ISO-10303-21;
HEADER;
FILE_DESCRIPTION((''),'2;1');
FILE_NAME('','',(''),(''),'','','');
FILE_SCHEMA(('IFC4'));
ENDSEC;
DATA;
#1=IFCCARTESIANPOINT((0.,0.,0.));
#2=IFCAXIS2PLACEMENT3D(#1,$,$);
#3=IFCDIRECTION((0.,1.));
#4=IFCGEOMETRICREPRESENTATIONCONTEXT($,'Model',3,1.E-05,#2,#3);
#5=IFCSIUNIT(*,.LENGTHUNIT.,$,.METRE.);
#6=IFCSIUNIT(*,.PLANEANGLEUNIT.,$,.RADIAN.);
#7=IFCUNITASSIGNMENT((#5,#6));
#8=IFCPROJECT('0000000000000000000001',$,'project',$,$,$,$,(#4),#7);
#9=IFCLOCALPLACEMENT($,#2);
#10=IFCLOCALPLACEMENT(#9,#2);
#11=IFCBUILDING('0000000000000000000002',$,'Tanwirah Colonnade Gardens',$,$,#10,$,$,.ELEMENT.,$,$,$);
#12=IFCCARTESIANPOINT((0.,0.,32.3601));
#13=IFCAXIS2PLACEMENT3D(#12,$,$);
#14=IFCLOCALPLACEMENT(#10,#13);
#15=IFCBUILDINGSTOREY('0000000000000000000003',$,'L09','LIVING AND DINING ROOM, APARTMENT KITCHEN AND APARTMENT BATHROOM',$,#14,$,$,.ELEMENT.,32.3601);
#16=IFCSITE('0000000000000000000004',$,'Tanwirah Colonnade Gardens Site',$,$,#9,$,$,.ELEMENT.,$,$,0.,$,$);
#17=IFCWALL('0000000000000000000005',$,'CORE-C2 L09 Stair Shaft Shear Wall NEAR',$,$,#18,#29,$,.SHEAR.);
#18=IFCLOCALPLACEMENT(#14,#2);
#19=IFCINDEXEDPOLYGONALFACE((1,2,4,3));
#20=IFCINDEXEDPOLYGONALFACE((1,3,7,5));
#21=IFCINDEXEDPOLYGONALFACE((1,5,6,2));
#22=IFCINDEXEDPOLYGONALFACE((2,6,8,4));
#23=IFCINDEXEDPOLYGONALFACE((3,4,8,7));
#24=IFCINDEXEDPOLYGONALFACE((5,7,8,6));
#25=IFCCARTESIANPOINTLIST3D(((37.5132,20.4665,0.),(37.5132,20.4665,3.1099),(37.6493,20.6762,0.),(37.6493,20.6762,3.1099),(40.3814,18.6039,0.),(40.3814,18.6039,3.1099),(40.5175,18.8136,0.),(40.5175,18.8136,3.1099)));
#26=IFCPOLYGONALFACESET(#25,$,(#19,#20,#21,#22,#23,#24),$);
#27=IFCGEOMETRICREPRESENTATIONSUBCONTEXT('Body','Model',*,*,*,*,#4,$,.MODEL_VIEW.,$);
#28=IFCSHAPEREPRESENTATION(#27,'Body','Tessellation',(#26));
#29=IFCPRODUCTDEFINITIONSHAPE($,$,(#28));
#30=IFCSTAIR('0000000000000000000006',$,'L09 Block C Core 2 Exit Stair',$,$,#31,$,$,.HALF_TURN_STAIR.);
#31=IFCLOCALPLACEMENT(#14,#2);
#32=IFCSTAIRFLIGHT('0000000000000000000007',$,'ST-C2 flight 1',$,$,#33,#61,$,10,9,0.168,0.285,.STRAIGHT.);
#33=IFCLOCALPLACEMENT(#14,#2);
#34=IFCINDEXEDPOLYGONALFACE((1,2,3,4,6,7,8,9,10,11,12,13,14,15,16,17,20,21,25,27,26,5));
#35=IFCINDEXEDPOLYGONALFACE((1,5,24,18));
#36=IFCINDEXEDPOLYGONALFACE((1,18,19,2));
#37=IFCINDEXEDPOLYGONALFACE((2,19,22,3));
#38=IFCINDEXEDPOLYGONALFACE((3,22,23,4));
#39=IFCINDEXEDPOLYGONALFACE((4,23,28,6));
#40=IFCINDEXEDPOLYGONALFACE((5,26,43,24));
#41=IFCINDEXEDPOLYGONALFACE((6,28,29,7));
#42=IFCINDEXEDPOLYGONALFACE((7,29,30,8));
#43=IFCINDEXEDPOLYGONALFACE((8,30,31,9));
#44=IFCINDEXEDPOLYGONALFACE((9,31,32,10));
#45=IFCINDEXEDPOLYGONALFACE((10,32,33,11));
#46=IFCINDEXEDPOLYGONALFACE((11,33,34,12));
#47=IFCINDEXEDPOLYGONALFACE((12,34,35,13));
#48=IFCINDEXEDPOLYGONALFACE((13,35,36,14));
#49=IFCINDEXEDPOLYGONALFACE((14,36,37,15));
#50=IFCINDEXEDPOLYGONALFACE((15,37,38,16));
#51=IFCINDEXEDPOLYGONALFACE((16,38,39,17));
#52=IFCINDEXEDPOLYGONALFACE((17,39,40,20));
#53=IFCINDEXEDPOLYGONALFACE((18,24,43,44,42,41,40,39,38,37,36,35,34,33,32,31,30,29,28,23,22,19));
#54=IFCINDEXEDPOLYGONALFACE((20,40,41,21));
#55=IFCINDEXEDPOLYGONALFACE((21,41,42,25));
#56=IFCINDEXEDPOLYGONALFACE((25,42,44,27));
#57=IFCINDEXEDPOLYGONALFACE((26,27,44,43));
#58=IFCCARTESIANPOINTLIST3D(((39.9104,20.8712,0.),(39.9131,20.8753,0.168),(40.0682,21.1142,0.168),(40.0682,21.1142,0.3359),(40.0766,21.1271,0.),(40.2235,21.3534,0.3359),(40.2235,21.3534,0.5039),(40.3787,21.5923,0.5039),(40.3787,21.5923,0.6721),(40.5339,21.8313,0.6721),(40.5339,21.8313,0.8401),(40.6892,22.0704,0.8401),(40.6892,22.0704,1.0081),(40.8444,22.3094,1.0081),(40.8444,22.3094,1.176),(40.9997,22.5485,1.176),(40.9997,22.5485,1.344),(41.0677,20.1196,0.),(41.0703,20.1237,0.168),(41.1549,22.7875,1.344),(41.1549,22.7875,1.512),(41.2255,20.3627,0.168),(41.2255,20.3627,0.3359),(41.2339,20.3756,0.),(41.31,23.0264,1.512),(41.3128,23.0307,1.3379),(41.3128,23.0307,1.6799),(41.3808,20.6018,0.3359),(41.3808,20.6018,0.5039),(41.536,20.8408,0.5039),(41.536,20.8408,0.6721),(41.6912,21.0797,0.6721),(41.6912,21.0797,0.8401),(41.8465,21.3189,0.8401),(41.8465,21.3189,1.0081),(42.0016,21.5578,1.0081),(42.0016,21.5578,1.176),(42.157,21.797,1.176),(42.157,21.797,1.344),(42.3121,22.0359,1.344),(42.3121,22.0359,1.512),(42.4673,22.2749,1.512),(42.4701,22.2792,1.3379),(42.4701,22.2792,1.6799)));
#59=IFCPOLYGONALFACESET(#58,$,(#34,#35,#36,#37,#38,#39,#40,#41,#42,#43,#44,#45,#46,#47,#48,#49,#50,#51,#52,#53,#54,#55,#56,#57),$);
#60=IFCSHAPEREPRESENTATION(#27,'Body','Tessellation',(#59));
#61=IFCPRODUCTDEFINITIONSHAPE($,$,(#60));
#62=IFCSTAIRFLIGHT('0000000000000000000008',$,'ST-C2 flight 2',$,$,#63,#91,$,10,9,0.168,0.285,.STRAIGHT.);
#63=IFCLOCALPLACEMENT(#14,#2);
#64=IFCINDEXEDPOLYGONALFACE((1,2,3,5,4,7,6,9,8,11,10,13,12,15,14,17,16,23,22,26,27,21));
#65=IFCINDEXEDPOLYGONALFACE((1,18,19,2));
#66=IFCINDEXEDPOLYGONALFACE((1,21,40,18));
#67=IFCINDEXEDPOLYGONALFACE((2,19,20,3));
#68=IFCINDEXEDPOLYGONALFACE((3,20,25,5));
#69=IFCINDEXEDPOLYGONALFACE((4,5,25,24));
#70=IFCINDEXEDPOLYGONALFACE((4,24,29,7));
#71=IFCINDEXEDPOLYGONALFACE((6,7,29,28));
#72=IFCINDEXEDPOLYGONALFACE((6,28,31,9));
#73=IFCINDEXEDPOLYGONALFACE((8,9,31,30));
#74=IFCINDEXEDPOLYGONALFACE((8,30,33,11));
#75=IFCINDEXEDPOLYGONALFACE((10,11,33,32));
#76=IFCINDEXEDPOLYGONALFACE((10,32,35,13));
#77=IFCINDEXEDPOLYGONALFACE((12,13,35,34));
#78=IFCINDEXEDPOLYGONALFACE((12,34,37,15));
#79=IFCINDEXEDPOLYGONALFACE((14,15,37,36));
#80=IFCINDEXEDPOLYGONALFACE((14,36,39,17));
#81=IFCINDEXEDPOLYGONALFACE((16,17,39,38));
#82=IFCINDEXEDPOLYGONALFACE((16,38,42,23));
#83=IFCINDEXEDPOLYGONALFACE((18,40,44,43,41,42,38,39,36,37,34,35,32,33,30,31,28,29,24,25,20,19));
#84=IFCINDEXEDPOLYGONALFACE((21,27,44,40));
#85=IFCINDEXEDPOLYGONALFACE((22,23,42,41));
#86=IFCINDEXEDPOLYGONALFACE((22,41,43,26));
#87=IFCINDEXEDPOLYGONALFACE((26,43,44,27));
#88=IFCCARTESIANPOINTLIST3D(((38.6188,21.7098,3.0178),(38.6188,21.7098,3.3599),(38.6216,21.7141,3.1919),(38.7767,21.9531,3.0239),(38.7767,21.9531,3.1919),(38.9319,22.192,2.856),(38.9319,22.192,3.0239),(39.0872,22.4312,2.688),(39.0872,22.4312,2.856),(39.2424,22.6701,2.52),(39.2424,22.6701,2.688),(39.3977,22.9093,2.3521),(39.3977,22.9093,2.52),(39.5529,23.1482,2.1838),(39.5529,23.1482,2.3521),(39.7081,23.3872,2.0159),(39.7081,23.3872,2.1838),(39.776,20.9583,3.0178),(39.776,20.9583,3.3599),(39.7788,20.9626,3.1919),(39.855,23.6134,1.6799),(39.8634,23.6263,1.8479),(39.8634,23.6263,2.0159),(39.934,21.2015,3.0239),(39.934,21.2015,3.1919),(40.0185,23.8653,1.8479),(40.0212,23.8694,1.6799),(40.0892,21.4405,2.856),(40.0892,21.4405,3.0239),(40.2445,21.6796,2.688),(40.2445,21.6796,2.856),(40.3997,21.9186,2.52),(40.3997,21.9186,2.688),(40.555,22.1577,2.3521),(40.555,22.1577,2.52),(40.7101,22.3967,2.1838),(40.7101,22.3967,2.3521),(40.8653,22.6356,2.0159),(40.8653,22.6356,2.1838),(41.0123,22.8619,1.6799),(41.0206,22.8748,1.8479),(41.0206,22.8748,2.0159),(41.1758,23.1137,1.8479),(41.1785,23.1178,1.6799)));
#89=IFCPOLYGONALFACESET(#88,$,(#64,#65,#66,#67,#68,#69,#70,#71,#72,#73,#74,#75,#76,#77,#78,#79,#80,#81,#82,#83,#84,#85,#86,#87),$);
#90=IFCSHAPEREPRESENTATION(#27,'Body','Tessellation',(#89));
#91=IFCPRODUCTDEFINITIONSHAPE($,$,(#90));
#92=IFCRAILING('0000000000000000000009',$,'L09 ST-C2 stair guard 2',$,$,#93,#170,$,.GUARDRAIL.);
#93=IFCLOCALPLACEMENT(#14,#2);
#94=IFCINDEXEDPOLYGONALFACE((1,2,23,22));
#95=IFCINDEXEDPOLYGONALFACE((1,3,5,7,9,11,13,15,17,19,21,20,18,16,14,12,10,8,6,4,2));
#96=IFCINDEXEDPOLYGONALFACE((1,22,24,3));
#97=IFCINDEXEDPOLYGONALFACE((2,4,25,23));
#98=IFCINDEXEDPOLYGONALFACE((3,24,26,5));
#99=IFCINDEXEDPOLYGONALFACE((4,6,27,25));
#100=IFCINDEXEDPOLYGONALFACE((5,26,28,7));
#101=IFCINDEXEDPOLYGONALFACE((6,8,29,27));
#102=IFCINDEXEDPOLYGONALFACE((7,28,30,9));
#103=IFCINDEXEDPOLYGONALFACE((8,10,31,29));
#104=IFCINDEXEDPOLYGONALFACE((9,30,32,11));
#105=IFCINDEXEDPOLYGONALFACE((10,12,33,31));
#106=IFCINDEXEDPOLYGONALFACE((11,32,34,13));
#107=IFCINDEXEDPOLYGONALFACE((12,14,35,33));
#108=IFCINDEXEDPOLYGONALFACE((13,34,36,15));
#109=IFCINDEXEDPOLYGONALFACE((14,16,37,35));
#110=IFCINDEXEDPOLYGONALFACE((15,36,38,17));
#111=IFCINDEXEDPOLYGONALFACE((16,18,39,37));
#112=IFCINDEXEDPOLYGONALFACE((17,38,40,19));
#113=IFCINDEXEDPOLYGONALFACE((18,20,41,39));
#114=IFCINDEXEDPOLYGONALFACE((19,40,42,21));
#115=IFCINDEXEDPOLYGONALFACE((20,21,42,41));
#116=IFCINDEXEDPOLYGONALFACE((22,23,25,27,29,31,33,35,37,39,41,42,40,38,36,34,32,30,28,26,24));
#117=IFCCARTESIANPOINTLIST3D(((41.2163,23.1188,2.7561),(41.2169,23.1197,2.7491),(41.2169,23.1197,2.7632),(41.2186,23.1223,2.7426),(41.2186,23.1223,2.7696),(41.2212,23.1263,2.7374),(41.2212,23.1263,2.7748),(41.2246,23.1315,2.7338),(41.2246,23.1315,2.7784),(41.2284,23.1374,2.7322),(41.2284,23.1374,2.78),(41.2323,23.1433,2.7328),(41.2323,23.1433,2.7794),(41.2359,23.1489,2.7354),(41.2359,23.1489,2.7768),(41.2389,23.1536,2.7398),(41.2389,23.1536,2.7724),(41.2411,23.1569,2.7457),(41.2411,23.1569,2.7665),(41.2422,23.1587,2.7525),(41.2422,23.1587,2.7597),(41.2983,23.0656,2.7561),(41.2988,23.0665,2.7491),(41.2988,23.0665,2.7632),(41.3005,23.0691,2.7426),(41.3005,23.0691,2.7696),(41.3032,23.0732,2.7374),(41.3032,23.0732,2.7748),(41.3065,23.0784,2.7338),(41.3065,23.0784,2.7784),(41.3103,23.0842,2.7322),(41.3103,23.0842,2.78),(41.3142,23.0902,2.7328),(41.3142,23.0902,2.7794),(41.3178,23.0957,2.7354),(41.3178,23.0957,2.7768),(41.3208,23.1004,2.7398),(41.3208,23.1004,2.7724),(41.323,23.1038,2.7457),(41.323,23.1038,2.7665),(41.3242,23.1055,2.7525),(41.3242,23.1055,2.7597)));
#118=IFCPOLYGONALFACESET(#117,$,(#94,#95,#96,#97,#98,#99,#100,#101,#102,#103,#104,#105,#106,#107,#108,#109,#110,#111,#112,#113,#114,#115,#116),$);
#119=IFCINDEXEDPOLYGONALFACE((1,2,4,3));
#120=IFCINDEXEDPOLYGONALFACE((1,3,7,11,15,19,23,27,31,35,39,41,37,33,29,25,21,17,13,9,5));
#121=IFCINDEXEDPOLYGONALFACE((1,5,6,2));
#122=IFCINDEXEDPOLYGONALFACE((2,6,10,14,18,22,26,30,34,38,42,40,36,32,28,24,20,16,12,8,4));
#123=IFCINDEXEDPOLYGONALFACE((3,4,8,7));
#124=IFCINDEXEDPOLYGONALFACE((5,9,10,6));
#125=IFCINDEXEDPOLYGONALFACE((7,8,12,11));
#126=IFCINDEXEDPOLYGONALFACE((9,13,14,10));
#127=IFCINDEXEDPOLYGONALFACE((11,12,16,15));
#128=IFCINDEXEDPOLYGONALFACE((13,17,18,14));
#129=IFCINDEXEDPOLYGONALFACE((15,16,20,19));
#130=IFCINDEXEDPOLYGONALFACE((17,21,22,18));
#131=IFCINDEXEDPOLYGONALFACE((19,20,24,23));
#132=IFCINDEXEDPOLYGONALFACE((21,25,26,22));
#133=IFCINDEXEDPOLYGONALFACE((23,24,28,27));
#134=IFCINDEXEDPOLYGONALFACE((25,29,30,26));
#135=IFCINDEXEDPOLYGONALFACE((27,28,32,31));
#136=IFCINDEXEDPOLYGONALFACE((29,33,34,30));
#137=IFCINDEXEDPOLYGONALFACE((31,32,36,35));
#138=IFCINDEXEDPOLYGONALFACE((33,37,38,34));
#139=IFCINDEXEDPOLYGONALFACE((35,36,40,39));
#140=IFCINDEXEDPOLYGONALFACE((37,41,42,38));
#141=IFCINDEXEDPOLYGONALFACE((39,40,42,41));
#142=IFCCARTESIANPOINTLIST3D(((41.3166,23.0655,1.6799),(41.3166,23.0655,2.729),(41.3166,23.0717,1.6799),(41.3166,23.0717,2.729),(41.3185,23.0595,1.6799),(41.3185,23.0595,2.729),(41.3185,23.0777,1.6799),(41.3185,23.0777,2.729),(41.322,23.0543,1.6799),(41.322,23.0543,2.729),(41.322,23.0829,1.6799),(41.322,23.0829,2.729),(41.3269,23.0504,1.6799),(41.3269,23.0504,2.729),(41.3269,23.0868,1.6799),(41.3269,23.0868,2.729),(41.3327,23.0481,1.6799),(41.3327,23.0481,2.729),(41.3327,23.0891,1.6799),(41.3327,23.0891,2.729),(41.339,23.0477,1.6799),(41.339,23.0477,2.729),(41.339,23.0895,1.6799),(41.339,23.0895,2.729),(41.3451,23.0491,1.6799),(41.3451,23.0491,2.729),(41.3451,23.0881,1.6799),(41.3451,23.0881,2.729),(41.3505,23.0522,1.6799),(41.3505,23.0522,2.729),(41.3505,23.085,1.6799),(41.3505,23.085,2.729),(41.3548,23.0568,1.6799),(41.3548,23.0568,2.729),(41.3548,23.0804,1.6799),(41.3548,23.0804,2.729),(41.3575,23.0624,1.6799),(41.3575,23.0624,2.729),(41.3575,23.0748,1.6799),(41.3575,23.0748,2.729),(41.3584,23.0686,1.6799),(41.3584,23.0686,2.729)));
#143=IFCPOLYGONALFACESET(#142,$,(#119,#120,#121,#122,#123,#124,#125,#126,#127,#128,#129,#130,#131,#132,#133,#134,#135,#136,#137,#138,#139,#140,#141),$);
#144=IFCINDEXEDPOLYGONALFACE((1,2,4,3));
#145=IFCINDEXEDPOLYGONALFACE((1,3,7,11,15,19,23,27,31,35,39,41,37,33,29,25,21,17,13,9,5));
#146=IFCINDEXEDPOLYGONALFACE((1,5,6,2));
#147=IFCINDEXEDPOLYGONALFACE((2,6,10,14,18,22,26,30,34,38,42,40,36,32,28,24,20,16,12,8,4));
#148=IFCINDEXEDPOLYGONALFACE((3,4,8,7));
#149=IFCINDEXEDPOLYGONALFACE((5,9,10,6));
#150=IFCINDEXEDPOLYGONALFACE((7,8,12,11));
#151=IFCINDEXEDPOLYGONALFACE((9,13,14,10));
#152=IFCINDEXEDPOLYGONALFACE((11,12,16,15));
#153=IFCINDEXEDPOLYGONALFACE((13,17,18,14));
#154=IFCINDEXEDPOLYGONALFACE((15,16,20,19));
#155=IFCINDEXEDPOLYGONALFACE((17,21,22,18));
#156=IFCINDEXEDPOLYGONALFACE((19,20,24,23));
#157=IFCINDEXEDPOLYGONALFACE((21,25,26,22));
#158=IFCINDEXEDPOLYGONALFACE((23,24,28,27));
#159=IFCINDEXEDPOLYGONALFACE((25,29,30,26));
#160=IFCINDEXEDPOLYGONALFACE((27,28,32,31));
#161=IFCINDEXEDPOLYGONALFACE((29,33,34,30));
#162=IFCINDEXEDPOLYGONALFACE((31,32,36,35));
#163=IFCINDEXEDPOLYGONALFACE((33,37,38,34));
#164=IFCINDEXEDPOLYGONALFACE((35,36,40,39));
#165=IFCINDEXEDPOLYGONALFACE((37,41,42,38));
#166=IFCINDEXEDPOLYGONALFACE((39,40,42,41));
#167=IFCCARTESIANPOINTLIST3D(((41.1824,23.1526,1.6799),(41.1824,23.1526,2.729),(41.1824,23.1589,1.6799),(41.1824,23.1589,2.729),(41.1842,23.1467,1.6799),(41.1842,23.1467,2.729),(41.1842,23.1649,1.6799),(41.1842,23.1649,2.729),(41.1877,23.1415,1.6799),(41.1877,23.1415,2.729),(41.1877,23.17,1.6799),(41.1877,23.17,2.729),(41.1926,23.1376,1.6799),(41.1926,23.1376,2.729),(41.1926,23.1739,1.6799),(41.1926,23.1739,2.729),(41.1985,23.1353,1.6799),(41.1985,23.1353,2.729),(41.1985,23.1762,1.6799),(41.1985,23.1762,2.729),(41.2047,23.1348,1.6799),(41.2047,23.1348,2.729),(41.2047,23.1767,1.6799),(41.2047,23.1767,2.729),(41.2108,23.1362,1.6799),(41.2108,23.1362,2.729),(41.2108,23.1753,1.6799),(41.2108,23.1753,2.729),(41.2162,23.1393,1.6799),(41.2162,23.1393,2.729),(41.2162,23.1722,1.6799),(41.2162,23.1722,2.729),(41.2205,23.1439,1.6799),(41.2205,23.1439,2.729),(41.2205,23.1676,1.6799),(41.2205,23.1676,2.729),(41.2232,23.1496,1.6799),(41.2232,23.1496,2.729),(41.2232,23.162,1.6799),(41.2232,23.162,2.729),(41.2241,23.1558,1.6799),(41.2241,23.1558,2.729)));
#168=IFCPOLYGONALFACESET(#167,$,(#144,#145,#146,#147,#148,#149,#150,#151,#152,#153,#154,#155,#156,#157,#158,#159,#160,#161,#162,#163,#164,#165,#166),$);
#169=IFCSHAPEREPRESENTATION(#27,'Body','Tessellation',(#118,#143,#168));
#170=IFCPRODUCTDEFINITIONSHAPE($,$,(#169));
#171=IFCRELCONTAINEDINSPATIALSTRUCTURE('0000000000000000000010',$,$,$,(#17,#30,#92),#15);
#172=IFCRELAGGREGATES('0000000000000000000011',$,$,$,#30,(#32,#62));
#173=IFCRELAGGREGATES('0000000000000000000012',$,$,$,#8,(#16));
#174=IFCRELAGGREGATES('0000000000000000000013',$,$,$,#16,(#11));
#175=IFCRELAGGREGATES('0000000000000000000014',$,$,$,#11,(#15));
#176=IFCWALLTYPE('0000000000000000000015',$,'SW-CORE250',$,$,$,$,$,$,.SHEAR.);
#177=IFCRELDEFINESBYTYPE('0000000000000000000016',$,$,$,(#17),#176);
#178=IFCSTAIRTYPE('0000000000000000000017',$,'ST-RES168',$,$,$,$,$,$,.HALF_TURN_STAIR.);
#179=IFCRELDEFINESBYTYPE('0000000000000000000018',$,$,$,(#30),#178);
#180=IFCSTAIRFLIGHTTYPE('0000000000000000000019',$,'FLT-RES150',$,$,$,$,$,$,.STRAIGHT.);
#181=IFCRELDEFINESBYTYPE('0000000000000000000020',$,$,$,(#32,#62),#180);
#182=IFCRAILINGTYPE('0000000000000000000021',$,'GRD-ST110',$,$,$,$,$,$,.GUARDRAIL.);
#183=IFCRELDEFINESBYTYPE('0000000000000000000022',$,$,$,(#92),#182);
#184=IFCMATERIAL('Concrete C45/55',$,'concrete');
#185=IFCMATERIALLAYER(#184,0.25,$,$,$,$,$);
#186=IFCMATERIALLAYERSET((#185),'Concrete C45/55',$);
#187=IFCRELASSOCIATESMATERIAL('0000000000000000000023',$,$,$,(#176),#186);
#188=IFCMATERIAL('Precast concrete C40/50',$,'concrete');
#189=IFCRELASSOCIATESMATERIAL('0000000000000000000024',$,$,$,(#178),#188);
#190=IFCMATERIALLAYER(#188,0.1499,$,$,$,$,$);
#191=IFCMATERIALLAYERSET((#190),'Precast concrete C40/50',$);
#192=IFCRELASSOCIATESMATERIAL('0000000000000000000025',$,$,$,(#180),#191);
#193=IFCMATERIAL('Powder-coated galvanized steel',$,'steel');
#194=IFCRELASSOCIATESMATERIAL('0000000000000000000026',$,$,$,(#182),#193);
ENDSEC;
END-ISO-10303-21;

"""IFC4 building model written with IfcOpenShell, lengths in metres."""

from ifc_helpers import new_model, si_unit, direction, frame, frame_2d, origin, origin_2d, place, context, subcontext, project, spatial, polyline, rectangle, circle, outline, extrude, material, layer, layer_set, type_object, element, aggregate, save


model = new_model("IFC4")

# Units and contexts
model_context = context("Model", 3, precision=1e-05, world=origin(), true_north=direction((0.0, 1.0)))
body_context = subcontext(model_context, "Body", "Model", "MODEL_VIEW")
ifc_project = project(units=[si_unit("LENGTHUNIT", "METRE"), si_unit("PLANEANGLEUNIT", "RADIAN")], contexts=[model_context])

# Site, building, storey
site_placement = place(None, origin())
site = spatial("IfcSite", under=ifc_project, at=site_placement, Name="Tanwirah Colonnade Gardens Site", CompositionType="ELEMENT", RefElevation=0.0)
building_placement = place(site_placement, origin())
building = spatial("IfcBuilding", under=site, at=building_placement, Name="Tanwirah Colonnade Gardens", CompositionType="ELEMENT")
storey_placement = place(building_placement, frame((0.0, 0.0, 32.3601)))
storey = spatial("IfcBuildingStorey", under=building, at=storey_placement, Name="L09", Description="LIVING AND DINING ROOM, APARTMENT KITCHEN AND APARTMENT BATHROOM", CompositionType="ELEMENT", Elevation=32.3601)

# Shared definitions
ifc_material_1 = material(Name="Precast concrete C40/50", Category="concrete")

# Wall
ifc_material_2 = material(Name="Concrete C45/55", Category="concrete")
ifc_layer_1 = layer(ifc_material_2, 0.25)
ifc_layer_set_1 = layer_set([ifc_layer_1], Name="Concrete C45/55")
wall_type_1 = type_object("IfcWallType", Name="SW-CORE250", PredefinedType="SHEAR", material=ifc_layer_set_1)
wall_1_placement = place(storey_placement, frame((40.4495, 18.7087, 0.0), z_axis=(0.0, 0.0, 1.0), x_axis=(-0.838678, 0.544627, 0.0)))
element("IfcWall", 1, at=wall_1_placement, inside=storey, type_object=wall_type_1, Name="CORE-C2 L09 Stair Shaft Shear Wall NEAR", PredefinedType="SHEAR", context=body_context, shape_type="SweptSolid", body=[
    extrude(rectangle(XDim=3.4199, YDim=0.25, at=frame_2d((1.71, 0.0))), origin(), (0.0, 0.0, 1.0), 3.1099),
])

# Stair, stair flights
stair_type = type_object("IfcStairType", Name="ST-RES168", PredefinedType="HALF_TURN_STAIR", material=ifc_material_1)
stair_placement = place(storey_placement, origin())
stair = element("IfcStair", 2, at=stair_placement, inside=storey, type_object=stair_type, Name="L09 Block C Core 2 Exit Stair", PredefinedType="HALF_TURN_STAIR")
ifc_layer_2 = layer(ifc_material_1, 0.1499)
ifc_layer_set_2 = layer_set([ifc_layer_2], Name="Precast concrete C40/50")
stair_flight_type = type_object("IfcStairFlightType", Name="FLT-RES150", PredefinedType="STRAIGHT", material=ifc_layer_set_2)
stair_flight_1_placement = place(storey_placement, frame((40.4917, 20.4995, 0.0), z_axis=(0.0, 0.0, 1.0), x_axis=(0.544639, 0.838671, 0.0)))
stair_flight_1 = element("IfcStairFlight", 3, at=stair_flight_1_placement, type_object=stair_flight_type, Name="ST-C2 flight 1", NumberOfRisers=10, NumberOfTreads=9, PredefinedType="STRAIGHT", RiserHeight=0.168, TreadLength=0.285, context=body_context, shape_type="SweptSolid", body=[
    extrude(outline(polyline([(-0.0049, 0.0), (0.0, 0.168), (0.2849, 0.168), (0.2849, 0.3359), (0.5701, 0.3359), (0.5701, 0.5039), (0.855, 0.5039), (0.855, 0.6721), (1.1399, 0.6721), (1.1399, 0.8401), (1.425, 0.8401), (1.425, 1.0081), (1.71, 1.0081), (1.71, 1.176), (1.9951, 1.176), (1.9951, 1.344), (2.28, 1.344), (2.28, 1.512), (2.5649, 1.512), (2.5701, 1.6799), (2.5701, 1.3379), (0.3003, 0.0), (-0.0049, 0.0)])), frame((0.0, 0.6899, 0.0), z_axis=(0.0, -1.0, 0.0), x_axis=(1.0, 0.0, 0.0)), (0.0, 0.0, 1.0), 1.3799),
])
stair_flight_2_placement = place(storey_placement, frame((40.5972, 23.4895, 1.6799), z_axis=(0.0, 0.0, 1.0), x_axis=(-0.544639, -0.838671, 0.0)))
stair_flight_2 = element("IfcStairFlight", 4, at=stair_flight_2_placement, type_object=stair_flight_type, Name="ST-C2 flight 2", NumberOfRisers=10, NumberOfTreads=9, PredefinedType="STRAIGHT", RiserHeight=0.168, TreadLength=0.285, context=body_context, shape_type="SweptSolid", body=[
    extrude(outline(polyline([(-0.0049, 0.0), (0.0, 0.168), (0.2849, 0.168), (0.2849, 0.3359), (0.5701, 0.3359), (0.5701, 0.5039), (0.855, 0.5039), (0.855, 0.6721), (1.1399, 0.6721), (1.1399, 0.8401), (1.425, 0.8401), (1.425, 1.0081), (1.71, 1.0081), (1.71, 1.176), (1.9951, 1.176), (1.9951, 1.344), (2.28, 1.344), (2.28, 1.512), (2.5649, 1.512), (2.5701, 1.6799), (2.5701, 1.3379), (0.3003, 0.0), (-0.0049, 0.0)])), frame((0.0, 0.6899, 0.0), z_axis=(0.0, -1.0, 0.0), x_axis=(1.0, 0.0, 0.0)), (0.0, 0.0, 1.0), 1.3799),
])
aggregate(stair, [stair_flight_1, stair_flight_2])

# Railing
ifc_material_3 = material(Name="Powder-coated galvanized steel", Category="steel")
railing_type_1 = type_object("IfcRailingType", Name="GRD-ST110", PredefinedType="GUARDRAIL", material=ifc_material_3)
railing_1_placement = place(storey_placement, frame((41.3374, 23.0686, 1.6799)))
element("IfcRailing", 5, at=railing_1_placement, inside=storey, type_object=railing_type_1, Name="L09 ST-C2 stair guard 2", PredefinedType="GUARDRAIL", context=body_context, shape_type="SweptSolid", body=[
    extrude(circle(Radius=0.0239, at=origin_2d()), frame((-0.0261, 0.0171, 1.0762), z_axis=(-0.838792, 0.544452, 0.0), x_axis=(-0.544452, -0.838792, 0.0)), (0.0, 0.0, 1.0), 0.0977),
    extrude(circle(Radius=0.021, at=origin_2d()), origin(), (0.0, 0.0, 1.0), 1.0491),
    extrude(circle(Radius=0.021, at=origin_2d()), frame((-0.1343, 0.0872, 0.0)), (0.0, 0.0, 1.0), 1.0491),
])

save(model, "model.ifc")
